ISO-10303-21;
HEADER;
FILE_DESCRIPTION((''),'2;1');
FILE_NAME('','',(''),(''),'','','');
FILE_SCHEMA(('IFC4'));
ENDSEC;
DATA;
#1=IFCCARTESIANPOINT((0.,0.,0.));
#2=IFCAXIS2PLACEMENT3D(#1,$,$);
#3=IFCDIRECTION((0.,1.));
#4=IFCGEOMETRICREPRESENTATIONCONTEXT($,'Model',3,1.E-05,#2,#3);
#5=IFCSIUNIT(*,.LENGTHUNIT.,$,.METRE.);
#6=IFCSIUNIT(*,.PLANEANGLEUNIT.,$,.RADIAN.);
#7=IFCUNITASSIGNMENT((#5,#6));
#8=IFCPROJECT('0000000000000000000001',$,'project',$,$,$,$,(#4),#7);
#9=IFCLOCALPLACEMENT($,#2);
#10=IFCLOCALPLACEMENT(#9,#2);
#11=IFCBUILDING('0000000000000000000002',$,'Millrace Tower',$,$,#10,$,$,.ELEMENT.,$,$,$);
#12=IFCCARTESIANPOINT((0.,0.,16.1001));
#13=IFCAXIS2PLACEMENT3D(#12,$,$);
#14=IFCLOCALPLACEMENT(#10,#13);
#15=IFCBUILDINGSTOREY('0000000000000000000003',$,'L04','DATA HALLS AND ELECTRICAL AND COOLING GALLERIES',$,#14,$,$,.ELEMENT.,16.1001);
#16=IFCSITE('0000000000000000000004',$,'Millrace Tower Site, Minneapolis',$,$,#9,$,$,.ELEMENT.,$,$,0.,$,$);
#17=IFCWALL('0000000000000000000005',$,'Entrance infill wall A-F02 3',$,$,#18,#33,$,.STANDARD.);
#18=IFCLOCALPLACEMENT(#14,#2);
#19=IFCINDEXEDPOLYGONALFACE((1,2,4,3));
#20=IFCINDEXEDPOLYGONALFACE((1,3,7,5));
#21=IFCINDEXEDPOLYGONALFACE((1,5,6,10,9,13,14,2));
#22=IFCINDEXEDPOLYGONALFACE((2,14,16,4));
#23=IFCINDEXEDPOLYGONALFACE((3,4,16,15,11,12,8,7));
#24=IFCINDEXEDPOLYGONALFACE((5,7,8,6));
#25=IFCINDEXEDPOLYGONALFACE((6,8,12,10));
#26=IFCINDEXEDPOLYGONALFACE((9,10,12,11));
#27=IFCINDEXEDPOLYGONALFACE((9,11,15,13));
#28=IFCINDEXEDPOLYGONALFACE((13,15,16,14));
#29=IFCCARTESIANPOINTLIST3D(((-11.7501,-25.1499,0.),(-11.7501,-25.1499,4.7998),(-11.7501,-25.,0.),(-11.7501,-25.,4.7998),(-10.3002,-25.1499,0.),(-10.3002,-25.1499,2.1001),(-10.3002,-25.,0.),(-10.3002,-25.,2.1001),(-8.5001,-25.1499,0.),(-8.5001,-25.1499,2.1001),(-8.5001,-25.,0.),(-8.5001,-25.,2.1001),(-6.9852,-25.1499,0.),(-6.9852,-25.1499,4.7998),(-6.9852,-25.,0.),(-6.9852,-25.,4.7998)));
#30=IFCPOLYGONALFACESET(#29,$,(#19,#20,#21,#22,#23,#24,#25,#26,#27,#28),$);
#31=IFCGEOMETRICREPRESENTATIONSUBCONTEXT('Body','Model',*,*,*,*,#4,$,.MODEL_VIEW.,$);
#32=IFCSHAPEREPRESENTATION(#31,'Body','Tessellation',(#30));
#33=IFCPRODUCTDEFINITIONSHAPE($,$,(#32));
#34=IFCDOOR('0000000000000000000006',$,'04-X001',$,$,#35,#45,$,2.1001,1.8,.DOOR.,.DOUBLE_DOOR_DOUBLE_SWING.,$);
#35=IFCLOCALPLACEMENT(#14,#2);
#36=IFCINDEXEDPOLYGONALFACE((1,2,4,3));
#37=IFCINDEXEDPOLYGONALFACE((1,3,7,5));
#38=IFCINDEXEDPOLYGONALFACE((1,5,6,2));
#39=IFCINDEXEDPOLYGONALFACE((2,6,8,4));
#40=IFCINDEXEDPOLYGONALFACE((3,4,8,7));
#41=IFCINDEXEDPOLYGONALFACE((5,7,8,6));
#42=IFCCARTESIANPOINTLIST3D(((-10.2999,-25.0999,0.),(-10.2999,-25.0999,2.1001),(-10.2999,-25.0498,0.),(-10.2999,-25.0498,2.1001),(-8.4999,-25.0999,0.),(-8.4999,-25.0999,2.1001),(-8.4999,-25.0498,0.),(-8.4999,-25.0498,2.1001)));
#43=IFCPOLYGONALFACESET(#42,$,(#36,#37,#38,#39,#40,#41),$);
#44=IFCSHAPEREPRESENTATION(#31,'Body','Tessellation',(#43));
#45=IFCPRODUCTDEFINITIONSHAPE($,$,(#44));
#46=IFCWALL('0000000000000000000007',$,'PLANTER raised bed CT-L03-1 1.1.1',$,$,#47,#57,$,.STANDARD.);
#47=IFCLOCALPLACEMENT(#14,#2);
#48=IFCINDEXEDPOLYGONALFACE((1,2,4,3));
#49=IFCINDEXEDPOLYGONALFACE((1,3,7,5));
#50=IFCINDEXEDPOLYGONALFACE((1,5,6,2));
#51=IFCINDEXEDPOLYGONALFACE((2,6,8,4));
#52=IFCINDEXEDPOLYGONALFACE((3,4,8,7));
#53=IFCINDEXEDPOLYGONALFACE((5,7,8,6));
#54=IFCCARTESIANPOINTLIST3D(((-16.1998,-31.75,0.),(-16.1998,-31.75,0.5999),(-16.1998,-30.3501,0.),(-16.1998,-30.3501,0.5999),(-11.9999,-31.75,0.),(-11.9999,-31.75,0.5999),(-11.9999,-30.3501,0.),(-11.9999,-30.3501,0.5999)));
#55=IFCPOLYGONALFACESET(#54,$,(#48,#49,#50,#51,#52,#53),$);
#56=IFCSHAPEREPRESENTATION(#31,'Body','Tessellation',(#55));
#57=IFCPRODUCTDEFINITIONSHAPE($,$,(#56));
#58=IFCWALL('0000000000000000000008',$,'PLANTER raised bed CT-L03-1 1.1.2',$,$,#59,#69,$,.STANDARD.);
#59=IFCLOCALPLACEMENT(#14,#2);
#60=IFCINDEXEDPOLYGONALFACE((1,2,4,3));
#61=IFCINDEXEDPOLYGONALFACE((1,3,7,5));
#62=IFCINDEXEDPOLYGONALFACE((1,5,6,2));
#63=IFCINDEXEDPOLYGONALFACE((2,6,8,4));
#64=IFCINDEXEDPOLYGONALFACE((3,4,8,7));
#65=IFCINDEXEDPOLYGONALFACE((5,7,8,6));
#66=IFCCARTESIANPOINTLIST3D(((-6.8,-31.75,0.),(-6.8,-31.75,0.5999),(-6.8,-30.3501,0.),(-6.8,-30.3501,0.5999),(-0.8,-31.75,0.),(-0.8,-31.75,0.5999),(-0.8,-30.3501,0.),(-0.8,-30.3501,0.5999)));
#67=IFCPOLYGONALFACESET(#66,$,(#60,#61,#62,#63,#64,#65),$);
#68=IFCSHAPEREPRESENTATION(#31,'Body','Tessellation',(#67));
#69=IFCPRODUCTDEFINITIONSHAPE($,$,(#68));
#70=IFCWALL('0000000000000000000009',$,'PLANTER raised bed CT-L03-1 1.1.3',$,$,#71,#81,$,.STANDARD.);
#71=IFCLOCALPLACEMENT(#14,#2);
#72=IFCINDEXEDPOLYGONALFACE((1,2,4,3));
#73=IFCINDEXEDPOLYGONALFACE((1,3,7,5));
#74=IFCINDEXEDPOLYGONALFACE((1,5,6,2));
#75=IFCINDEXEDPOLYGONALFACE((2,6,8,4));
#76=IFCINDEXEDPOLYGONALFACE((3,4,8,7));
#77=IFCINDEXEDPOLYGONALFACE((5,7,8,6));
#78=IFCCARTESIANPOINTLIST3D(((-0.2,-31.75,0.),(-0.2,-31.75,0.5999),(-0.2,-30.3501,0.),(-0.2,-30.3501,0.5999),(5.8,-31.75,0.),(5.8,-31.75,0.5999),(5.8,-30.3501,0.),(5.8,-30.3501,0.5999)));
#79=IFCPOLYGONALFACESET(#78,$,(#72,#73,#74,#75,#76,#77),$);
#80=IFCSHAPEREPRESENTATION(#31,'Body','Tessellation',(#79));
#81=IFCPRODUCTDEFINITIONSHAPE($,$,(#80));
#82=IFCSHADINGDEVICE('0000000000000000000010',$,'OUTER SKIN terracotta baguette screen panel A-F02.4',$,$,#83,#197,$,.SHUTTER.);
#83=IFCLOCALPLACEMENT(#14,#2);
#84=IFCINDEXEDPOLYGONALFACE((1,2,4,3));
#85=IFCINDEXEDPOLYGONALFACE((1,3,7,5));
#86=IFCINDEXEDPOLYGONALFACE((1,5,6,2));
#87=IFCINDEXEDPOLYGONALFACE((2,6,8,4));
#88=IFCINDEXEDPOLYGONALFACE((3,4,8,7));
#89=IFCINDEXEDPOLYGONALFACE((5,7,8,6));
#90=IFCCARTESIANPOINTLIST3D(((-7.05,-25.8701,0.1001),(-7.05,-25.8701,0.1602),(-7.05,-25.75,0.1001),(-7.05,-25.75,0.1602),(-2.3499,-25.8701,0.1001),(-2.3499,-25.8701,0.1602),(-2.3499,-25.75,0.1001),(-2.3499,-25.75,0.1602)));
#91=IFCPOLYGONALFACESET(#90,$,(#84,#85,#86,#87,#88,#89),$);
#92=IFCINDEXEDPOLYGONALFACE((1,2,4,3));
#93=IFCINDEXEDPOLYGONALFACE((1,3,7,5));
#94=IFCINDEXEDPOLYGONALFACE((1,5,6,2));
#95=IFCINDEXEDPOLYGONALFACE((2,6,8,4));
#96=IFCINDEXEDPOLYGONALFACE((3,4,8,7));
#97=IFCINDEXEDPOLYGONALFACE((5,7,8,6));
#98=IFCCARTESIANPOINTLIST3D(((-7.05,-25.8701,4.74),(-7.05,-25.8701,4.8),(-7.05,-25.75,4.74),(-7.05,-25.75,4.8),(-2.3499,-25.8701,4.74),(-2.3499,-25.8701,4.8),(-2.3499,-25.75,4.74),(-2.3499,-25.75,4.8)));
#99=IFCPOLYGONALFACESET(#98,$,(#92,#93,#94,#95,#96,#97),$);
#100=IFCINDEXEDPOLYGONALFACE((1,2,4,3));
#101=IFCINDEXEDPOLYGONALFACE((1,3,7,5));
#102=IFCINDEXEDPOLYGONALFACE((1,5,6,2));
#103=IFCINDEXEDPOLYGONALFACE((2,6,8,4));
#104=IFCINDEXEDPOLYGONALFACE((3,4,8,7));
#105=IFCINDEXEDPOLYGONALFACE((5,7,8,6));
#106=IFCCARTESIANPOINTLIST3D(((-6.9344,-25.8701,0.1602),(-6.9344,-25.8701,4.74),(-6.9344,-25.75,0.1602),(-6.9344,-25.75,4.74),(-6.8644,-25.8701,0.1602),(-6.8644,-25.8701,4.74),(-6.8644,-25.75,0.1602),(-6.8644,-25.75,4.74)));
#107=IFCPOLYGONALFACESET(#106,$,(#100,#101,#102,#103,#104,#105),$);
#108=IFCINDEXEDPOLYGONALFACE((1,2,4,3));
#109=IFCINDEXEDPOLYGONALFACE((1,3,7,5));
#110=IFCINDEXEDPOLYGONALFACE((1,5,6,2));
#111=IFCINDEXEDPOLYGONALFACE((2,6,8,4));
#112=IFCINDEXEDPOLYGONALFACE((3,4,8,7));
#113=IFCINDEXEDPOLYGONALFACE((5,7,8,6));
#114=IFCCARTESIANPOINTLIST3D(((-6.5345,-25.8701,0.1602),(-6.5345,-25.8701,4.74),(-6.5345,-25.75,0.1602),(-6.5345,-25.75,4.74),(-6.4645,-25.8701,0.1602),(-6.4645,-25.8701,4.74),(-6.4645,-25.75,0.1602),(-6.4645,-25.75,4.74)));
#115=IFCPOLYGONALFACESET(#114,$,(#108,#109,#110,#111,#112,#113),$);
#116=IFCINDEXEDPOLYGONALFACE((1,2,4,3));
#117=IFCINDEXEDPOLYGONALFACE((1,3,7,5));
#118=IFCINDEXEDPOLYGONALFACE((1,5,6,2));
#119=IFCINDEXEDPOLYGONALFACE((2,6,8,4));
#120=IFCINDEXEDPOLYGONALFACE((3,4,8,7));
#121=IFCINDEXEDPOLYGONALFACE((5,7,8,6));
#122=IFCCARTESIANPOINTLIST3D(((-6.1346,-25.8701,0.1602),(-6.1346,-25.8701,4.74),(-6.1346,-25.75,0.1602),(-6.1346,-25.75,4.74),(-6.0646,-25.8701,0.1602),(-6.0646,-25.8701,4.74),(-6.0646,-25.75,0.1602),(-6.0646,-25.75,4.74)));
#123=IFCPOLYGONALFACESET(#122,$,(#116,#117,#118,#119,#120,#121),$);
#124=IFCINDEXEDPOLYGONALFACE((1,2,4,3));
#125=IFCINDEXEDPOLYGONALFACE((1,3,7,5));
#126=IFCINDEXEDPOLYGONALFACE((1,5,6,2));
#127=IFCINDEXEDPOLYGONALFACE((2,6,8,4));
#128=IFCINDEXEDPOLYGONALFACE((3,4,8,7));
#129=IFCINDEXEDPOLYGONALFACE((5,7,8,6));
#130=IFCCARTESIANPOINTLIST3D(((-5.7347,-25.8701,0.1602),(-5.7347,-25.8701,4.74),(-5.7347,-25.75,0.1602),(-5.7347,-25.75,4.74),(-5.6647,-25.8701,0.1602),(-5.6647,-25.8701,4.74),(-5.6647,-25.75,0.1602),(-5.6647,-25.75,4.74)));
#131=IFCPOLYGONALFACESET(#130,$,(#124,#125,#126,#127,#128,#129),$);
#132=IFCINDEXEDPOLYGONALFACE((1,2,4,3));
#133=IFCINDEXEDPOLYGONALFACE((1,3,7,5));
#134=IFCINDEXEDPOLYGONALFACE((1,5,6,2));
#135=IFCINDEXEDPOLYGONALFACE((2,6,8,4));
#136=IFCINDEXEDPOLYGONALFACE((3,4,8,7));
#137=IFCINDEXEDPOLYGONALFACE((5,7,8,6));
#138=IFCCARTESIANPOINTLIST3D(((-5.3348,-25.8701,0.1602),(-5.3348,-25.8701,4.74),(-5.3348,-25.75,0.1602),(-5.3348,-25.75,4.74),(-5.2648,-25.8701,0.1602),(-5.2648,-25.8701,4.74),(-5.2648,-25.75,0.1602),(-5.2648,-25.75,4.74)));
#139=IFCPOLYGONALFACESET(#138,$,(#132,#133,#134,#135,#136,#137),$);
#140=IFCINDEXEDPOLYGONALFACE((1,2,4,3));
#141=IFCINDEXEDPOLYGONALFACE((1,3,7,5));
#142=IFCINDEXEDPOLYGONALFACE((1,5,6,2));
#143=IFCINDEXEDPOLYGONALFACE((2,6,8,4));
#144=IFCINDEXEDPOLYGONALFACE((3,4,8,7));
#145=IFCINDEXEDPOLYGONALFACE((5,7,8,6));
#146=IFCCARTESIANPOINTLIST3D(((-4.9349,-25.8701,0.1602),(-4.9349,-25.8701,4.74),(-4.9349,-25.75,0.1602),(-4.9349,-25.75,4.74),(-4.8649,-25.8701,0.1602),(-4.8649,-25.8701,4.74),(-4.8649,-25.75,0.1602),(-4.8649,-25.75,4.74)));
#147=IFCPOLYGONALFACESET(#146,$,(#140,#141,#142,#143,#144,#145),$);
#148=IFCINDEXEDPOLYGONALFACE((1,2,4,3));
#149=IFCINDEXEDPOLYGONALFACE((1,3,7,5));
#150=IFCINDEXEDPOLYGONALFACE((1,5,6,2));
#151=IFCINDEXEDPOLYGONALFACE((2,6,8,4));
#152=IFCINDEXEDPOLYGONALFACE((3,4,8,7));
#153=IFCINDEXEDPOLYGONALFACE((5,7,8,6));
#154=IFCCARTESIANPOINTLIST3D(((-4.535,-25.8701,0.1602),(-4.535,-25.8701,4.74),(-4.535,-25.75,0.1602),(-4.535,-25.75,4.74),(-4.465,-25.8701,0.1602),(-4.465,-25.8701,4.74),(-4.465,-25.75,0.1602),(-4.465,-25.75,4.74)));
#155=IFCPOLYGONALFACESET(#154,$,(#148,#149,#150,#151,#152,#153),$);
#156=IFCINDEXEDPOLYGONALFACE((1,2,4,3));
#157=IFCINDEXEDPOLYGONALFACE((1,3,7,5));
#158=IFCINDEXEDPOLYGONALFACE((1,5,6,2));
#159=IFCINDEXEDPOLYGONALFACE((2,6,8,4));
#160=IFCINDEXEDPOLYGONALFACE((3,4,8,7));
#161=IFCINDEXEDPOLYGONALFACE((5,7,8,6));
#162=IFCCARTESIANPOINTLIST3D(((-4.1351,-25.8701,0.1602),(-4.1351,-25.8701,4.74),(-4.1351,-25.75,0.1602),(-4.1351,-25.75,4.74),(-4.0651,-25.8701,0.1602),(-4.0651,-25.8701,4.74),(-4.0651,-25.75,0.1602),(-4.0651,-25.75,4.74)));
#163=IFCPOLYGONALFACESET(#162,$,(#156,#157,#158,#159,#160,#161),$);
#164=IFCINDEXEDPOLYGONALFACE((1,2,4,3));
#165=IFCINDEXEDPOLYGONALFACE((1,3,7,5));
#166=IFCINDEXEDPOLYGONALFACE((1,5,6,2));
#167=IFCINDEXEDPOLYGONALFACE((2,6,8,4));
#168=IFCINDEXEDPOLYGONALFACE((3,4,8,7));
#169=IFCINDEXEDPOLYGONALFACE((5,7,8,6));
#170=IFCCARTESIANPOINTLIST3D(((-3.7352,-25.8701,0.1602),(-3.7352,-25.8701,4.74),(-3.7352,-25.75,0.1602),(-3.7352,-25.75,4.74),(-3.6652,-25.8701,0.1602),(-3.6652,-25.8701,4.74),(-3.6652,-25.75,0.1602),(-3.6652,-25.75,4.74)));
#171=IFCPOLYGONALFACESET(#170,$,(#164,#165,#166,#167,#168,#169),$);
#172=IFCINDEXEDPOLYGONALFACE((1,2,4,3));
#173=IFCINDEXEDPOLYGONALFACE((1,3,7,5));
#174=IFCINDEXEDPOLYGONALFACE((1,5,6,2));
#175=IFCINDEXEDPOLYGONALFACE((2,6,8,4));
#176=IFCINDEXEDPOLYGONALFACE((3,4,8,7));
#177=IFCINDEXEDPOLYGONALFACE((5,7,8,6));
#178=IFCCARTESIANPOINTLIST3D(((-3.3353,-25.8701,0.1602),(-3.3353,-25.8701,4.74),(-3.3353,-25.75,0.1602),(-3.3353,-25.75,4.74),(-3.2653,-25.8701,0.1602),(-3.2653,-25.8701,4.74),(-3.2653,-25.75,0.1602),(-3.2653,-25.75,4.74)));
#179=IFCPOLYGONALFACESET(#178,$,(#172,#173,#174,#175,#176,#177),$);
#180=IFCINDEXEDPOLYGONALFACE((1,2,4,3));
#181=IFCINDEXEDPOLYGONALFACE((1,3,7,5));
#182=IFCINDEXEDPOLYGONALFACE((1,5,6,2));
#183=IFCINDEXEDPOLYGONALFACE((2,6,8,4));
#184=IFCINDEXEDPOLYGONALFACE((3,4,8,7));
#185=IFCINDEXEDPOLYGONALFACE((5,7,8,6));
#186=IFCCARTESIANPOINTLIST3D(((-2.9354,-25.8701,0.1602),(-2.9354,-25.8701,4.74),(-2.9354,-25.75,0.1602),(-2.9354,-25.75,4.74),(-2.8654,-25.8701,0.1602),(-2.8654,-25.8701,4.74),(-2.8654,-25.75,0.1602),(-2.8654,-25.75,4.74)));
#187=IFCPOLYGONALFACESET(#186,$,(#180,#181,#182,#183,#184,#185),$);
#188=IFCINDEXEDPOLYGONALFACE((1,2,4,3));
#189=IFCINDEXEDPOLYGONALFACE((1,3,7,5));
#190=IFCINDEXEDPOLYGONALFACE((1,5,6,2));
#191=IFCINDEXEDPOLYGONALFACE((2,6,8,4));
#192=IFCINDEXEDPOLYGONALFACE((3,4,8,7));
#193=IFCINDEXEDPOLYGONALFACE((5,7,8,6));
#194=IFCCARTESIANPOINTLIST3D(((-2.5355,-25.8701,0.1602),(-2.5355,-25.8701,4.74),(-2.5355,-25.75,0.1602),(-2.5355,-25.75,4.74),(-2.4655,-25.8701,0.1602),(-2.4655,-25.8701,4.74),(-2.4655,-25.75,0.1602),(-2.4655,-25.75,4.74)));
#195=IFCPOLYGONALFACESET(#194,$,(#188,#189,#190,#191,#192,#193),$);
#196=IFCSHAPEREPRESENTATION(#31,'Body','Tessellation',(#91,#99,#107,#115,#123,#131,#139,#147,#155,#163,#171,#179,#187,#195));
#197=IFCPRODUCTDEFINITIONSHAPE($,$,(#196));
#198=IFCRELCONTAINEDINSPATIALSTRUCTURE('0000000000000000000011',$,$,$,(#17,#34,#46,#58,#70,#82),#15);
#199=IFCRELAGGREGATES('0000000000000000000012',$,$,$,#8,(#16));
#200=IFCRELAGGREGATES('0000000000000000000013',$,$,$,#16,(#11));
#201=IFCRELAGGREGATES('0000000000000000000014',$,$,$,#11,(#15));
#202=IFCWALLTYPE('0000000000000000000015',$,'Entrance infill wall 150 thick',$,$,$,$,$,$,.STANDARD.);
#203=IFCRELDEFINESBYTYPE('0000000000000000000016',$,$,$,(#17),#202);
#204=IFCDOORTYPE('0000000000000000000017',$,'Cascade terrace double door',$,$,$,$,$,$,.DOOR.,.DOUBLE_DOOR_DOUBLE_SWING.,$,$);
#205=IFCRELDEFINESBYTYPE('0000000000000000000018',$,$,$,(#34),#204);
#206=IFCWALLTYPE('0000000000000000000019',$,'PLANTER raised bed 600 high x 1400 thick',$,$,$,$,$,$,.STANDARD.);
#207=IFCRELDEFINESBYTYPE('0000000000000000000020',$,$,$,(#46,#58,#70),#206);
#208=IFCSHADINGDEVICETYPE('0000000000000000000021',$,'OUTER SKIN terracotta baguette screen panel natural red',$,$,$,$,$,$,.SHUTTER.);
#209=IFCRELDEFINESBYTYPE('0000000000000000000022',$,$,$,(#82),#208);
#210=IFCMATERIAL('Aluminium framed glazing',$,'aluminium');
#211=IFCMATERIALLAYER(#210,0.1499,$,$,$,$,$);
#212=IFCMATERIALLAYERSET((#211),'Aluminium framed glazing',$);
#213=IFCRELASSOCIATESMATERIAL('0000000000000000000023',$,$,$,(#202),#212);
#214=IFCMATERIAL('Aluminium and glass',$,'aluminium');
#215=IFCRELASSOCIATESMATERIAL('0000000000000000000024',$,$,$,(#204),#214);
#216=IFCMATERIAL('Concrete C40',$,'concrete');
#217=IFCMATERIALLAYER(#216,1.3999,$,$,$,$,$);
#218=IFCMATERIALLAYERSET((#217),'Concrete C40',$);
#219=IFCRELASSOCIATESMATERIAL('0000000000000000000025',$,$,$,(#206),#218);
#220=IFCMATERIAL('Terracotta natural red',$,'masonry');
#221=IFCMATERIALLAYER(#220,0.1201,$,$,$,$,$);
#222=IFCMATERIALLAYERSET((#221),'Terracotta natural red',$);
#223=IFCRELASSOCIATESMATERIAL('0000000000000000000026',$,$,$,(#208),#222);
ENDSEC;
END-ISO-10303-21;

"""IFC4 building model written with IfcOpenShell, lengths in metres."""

from ifc_helpers import new_model, entity, si_unit, direction, frame, frame_2d, origin, place, context, subcontext, project, spatial, rectangle, extrude, source, transform, mapped, material, layer, layer_set, type_object, element, fill, save


model = new_model("IFC4")

# Units and contexts
model_context = context("Model", 3, precision=1e-05, world=origin(), true_north=direction((0.0, 1.0)))
body_context = subcontext(model_context, "Body", "Model", "MODEL_VIEW")
ifc_project = project(units=[si_unit("LENGTHUNIT", "METRE"), si_unit("PLANEANGLEUNIT", "RADIAN")], contexts=[model_context])

# Site, building, storey
site_placement = place(None, origin())
site = spatial("IfcSite", under=ifc_project, at=site_placement, Name="Millrace Tower Site, Minneapolis", CompositionType="ELEMENT", RefElevation=0.0)
building_placement = place(site_placement, origin())
building = spatial("IfcBuilding", under=site, at=building_placement, Name="Millrace Tower", CompositionType="ELEMENT")
storey_placement = place(building_placement, frame((0.0, 0.0, 16.1001)))
storey = spatial("IfcBuildingStorey", under=building, at=storey_placement, Name="L04", Description="DATA HALLS AND ELECTRICAL AND COOLING GALLERIES", CompositionType="ELEMENT", Elevation=16.1001)

# Wall, opening, door
ifc_material_1 = material(Name="Aluminium framed glazing", Category="aluminium")
ifc_layer_1 = layer(ifc_material_1, 0.1499)
ifc_layer_set_1 = layer_set([ifc_layer_1], Name="Aluminium framed glazing")
wall_type_1 = type_object("IfcWallType", Name="Entrance infill wall 150 thick", PredefinedType="STANDARD", material=ifc_layer_set_1)
wall_1_placement = place(storey_placement, frame((-11.75, -25.075, 0.0), z_axis=(0.0, 0.0, 1.0), x_axis=(1.0, 0.0, 0.0)))
wall_1 = element("IfcWall", 1, at=wall_1_placement, inside=storey, type_object=wall_type_1, Name="Entrance infill wall A-F02 3", PredefinedType="STANDARD", context=body_context, shape_type="SweptSolid", body=[
    extrude(rectangle(XDim=4.7649, YDim=0.1499, at=frame_2d((2.3823, 0.0))), origin(), (0.0, 0.0, 1.0), 4.7998),
])
opening_1_placement = place(wall_1_placement, frame((1.45, 0.0, 0.0)))
opening_1 = element("IfcOpeningElement", 2, at=opening_1_placement, cuts=wall_1, PredefinedType="OPENING", context=body_context, shape_type="SweptSolid", body=[
    extrude(rectangle(XDim=1.8, YDim=2.1001, at=frame_2d((0.8999, 1.05))), frame((0.0, 0.085, 0.0), z_axis=(0.0, -1.0, 0.0), x_axis=(1.0, 0.0, 0.0)), (0.0, 0.0, 1.0), 0.1699),
])
ifc_material_2 = material(Name="Aluminium and glass", Category="aluminium")
door_type_1 = type_object("IfcDoorType", Name="Cascade terrace double door", OperationType="DOUBLE_DOOR_DOUBLE_SWING", PredefinedType="DOOR", material=ifc_material_2)
door_1_placement = place(opening_1_placement, frame((1.8, 0.0, 0.0), z_axis=(0.0, 0.0, 1.0), x_axis=(-1.0, 0.0, 0.0)))
door_1 = element("IfcDoor", 3, at=door_1_placement, inside=storey, type_object=door_type_1, Name="04-X001", OperationType="DOUBLE_DOOR_DOUBLE_SWING", OverallHeight=2.1001, OverallWidth=1.8, PredefinedType="DOOR", context=body_context, shape_type="SweptSolid", body=[
    extrude(rectangle(XDim=1.8, YDim=2.1001, at=frame_2d((0.8999, 1.05))), frame((0.0, 0.0249, 0.0), z_axis=(0.0, -1.0, 0.0), x_axis=(1.0, 0.0, 0.0)), (0.0, 0.0, 1.0), 0.05),
])
fill(opening_1, door_1)

# Walls
ifc_material_3 = material(Name="Concrete C40", Category="concrete")
ifc_layer_2 = layer(ifc_material_3, 1.3999)
ifc_layer_set_2 = layer_set([ifc_layer_2], Name="Concrete C40")
wall_type_2 = type_object("IfcWallType", Name="PLANTER raised bed 600 high x 1400 thick", PredefinedType="STANDARD", material=ifc_layer_set_2)
wall_2_placement = place(storey_placement, frame((-16.2, -31.05, 0.0), z_axis=(0.0, 0.0, 1.0), x_axis=(1.0, 0.0, 0.0)))
element("IfcWall", 4, at=wall_2_placement, inside=storey, type_object=wall_type_2, Name="PLANTER raised bed CT-L03-1 1.1.1", PredefinedType="STANDARD", context=body_context, shape_type="SweptSolid", body=[
    extrude(rectangle(XDim=4.2, YDim=1.3999, at=frame_2d((2.1001, 0.0))), origin(), (0.0, 0.0, 1.0), 0.5999),
])
for number, where, z_axis, x_axis, name in (
    (5, (-6.8, -31.05, 0.0), (0.0, 0.0, 1.0), (1.0, 0.0, 0.0), "PLANTER raised bed CT-L03-1 1.1.2"),
    (6, (-0.2, -31.05, 0.0), (0.0, 0.0, 1.0), (1.0, 0.0, 0.0), "PLANTER raised bed CT-L03-1 1.1.3"),
):
    element("IfcWall", number, at=place(storey_placement, frame(where, z_axis=z_axis, x_axis=x_axis)), inside=storey, type_object=wall_type_2, Name=name, PredefinedType="STANDARD", context=body_context, shape_type="SweptSolid", body=[
        extrude(rectangle(XDim=6.0, YDim=1.3999, at=frame_2d((3.0, 0.0))), origin(), (0.0, 0.0, 1.0), 0.5999),
    ])

# Shading device
cartesian_point = entity("IfcCartesianPoint", [-2.3501, 0.0601])
shared_polyline = entity("IfcPolyline", [cartesian_point, entity("IfcCartesianPoint", [2.3501, 0.0601]), entity("IfcCartesianPoint", [2.3501, -0.0601]), entity("IfcCartesianPoint", [-2.3501, -0.0601]), cartesian_point])
ifc_material_4 = material(Name="Terracotta natural red", Category="masonry")
ifc_layer_3 = layer(ifc_material_4, 0.1201)
ifc_layer_set_3 = layer_set([ifc_layer_3], Name="Terracotta natural red")
shading_device_type_1 = type_object("IfcShadingDeviceType", Name="OUTER SKIN terracotta baguette screen panel natural red", PredefinedType="SHUTTER", material=ifc_layer_set_3)
shared_shape_1 = source(origin(), body_context, "Body", "SweptSolid", [
    entity("IfcExtrudedAreaSolid", entity("IfcArbitraryClosedProfileDef", "AREA", None, shared_polyline), entity("IfcAxis2Placement3D", entity("IfcCartesianPoint", [0.0, 0.0, 0.0])), entity("IfcDirection", [0.0, 0.0, 1.0]), 0.0601),
    entity("IfcExtrudedAreaSolid", entity("IfcArbitraryClosedProfileDef", "AREA", None, shared_polyline), entity("IfcAxis2Placement3D", entity("IfcCartesianPoint", [0.0, 0.0, 4.6399])), entity("IfcDirection", [0.0, 0.0, 1.0]), 0.0601),
    extrude(rectangle(XDim=0.0701, YDim=0.1201, at=frame_2d((-2.1995, 0.0))), frame((0.0, 0.0, 0.0601)), (0.0, 0.0, 1.0), 4.5798),
    extrude(rectangle(XDim=0.0701, YDim=0.1201, at=frame_2d((-1.7996, 0.0))), frame((0.0, 0.0, 0.0601)), (0.0, 0.0, 1.0), 4.5798),
    extrude(rectangle(XDim=0.0701, YDim=0.1201, at=frame_2d((-1.3997, 0.0))), frame((0.0, 0.0, 0.0601)), (0.0, 0.0, 1.0), 4.5798),
    extrude(rectangle(XDim=0.0701, YDim=0.1201, at=frame_2d((-0.9998, 0.0))), frame((0.0, 0.0, 0.0601)), (0.0, 0.0, 1.0), 4.5798),
    extrude(rectangle(XDim=0.0701, YDim=0.1201, at=frame_2d((-0.5999, 0.0))), frame((0.0, 0.0, 0.0601)), (0.0, 0.0, 1.0), 4.5798),
    extrude(rectangle(XDim=0.0701, YDim=0.1201, at=frame_2d((-0.2, 0.0))), frame((0.0, 0.0, 0.0601)), (0.0, 0.0, 1.0), 4.5798),
    extrude(rectangle(XDim=0.0701, YDim=0.1201, at=frame_2d((0.2, 0.0))), frame((0.0, 0.0, 0.0601)), (0.0, 0.0, 1.0), 4.5798),
    extrude(rectangle(XDim=0.0701, YDim=0.1201, at=frame_2d((0.5999, 0.0))), frame((0.0, 0.0, 0.0601)), (0.0, 0.0, 1.0), 4.5798),
    extrude(rectangle(XDim=0.0701, YDim=0.1201, at=frame_2d((0.9998, 0.0))), frame((0.0, 0.0, 0.0601)), (0.0, 0.0, 1.0), 4.5798),
    extrude(rectangle(XDim=0.0701, YDim=0.1201, at=frame_2d((1.3997, 0.0))), frame((0.0, 0.0, 0.0601)), (0.0, 0.0, 1.0), 4.5798),
    extrude(rectangle(XDim=0.0701, YDim=0.1201, at=frame_2d((1.7996, 0.0))), frame((0.0, 0.0, 0.0601)), (0.0, 0.0, 1.0), 4.5798),
    extrude(rectangle(XDim=0.0701, YDim=0.1201, at=frame_2d((2.1995, 0.0))), frame((0.0, 0.0, 0.0601)), (0.0, 0.0, 1.0), 4.5798),
])
shading_device_placement = place(storey_placement, frame((-4.7, -25.8101, 0.1001), z_axis=(0.0, 0.0, 1.0), x_axis=(1.0, 0.0, 0.0)))
element("IfcShadingDevice", 7, at=shading_device_placement, inside=storey, type_object=shading_device_type_1, Name="OUTER SKIN terracotta baguette screen panel A-F02.4", PredefinedType="SHUTTER", context=body_context, shape_type="MappedRepresentation", body=[
    mapped(shared_shape_1, transform((0.0, 0.0, 0.0), scale=1.0)),
])

save(model, "model.ifc")
